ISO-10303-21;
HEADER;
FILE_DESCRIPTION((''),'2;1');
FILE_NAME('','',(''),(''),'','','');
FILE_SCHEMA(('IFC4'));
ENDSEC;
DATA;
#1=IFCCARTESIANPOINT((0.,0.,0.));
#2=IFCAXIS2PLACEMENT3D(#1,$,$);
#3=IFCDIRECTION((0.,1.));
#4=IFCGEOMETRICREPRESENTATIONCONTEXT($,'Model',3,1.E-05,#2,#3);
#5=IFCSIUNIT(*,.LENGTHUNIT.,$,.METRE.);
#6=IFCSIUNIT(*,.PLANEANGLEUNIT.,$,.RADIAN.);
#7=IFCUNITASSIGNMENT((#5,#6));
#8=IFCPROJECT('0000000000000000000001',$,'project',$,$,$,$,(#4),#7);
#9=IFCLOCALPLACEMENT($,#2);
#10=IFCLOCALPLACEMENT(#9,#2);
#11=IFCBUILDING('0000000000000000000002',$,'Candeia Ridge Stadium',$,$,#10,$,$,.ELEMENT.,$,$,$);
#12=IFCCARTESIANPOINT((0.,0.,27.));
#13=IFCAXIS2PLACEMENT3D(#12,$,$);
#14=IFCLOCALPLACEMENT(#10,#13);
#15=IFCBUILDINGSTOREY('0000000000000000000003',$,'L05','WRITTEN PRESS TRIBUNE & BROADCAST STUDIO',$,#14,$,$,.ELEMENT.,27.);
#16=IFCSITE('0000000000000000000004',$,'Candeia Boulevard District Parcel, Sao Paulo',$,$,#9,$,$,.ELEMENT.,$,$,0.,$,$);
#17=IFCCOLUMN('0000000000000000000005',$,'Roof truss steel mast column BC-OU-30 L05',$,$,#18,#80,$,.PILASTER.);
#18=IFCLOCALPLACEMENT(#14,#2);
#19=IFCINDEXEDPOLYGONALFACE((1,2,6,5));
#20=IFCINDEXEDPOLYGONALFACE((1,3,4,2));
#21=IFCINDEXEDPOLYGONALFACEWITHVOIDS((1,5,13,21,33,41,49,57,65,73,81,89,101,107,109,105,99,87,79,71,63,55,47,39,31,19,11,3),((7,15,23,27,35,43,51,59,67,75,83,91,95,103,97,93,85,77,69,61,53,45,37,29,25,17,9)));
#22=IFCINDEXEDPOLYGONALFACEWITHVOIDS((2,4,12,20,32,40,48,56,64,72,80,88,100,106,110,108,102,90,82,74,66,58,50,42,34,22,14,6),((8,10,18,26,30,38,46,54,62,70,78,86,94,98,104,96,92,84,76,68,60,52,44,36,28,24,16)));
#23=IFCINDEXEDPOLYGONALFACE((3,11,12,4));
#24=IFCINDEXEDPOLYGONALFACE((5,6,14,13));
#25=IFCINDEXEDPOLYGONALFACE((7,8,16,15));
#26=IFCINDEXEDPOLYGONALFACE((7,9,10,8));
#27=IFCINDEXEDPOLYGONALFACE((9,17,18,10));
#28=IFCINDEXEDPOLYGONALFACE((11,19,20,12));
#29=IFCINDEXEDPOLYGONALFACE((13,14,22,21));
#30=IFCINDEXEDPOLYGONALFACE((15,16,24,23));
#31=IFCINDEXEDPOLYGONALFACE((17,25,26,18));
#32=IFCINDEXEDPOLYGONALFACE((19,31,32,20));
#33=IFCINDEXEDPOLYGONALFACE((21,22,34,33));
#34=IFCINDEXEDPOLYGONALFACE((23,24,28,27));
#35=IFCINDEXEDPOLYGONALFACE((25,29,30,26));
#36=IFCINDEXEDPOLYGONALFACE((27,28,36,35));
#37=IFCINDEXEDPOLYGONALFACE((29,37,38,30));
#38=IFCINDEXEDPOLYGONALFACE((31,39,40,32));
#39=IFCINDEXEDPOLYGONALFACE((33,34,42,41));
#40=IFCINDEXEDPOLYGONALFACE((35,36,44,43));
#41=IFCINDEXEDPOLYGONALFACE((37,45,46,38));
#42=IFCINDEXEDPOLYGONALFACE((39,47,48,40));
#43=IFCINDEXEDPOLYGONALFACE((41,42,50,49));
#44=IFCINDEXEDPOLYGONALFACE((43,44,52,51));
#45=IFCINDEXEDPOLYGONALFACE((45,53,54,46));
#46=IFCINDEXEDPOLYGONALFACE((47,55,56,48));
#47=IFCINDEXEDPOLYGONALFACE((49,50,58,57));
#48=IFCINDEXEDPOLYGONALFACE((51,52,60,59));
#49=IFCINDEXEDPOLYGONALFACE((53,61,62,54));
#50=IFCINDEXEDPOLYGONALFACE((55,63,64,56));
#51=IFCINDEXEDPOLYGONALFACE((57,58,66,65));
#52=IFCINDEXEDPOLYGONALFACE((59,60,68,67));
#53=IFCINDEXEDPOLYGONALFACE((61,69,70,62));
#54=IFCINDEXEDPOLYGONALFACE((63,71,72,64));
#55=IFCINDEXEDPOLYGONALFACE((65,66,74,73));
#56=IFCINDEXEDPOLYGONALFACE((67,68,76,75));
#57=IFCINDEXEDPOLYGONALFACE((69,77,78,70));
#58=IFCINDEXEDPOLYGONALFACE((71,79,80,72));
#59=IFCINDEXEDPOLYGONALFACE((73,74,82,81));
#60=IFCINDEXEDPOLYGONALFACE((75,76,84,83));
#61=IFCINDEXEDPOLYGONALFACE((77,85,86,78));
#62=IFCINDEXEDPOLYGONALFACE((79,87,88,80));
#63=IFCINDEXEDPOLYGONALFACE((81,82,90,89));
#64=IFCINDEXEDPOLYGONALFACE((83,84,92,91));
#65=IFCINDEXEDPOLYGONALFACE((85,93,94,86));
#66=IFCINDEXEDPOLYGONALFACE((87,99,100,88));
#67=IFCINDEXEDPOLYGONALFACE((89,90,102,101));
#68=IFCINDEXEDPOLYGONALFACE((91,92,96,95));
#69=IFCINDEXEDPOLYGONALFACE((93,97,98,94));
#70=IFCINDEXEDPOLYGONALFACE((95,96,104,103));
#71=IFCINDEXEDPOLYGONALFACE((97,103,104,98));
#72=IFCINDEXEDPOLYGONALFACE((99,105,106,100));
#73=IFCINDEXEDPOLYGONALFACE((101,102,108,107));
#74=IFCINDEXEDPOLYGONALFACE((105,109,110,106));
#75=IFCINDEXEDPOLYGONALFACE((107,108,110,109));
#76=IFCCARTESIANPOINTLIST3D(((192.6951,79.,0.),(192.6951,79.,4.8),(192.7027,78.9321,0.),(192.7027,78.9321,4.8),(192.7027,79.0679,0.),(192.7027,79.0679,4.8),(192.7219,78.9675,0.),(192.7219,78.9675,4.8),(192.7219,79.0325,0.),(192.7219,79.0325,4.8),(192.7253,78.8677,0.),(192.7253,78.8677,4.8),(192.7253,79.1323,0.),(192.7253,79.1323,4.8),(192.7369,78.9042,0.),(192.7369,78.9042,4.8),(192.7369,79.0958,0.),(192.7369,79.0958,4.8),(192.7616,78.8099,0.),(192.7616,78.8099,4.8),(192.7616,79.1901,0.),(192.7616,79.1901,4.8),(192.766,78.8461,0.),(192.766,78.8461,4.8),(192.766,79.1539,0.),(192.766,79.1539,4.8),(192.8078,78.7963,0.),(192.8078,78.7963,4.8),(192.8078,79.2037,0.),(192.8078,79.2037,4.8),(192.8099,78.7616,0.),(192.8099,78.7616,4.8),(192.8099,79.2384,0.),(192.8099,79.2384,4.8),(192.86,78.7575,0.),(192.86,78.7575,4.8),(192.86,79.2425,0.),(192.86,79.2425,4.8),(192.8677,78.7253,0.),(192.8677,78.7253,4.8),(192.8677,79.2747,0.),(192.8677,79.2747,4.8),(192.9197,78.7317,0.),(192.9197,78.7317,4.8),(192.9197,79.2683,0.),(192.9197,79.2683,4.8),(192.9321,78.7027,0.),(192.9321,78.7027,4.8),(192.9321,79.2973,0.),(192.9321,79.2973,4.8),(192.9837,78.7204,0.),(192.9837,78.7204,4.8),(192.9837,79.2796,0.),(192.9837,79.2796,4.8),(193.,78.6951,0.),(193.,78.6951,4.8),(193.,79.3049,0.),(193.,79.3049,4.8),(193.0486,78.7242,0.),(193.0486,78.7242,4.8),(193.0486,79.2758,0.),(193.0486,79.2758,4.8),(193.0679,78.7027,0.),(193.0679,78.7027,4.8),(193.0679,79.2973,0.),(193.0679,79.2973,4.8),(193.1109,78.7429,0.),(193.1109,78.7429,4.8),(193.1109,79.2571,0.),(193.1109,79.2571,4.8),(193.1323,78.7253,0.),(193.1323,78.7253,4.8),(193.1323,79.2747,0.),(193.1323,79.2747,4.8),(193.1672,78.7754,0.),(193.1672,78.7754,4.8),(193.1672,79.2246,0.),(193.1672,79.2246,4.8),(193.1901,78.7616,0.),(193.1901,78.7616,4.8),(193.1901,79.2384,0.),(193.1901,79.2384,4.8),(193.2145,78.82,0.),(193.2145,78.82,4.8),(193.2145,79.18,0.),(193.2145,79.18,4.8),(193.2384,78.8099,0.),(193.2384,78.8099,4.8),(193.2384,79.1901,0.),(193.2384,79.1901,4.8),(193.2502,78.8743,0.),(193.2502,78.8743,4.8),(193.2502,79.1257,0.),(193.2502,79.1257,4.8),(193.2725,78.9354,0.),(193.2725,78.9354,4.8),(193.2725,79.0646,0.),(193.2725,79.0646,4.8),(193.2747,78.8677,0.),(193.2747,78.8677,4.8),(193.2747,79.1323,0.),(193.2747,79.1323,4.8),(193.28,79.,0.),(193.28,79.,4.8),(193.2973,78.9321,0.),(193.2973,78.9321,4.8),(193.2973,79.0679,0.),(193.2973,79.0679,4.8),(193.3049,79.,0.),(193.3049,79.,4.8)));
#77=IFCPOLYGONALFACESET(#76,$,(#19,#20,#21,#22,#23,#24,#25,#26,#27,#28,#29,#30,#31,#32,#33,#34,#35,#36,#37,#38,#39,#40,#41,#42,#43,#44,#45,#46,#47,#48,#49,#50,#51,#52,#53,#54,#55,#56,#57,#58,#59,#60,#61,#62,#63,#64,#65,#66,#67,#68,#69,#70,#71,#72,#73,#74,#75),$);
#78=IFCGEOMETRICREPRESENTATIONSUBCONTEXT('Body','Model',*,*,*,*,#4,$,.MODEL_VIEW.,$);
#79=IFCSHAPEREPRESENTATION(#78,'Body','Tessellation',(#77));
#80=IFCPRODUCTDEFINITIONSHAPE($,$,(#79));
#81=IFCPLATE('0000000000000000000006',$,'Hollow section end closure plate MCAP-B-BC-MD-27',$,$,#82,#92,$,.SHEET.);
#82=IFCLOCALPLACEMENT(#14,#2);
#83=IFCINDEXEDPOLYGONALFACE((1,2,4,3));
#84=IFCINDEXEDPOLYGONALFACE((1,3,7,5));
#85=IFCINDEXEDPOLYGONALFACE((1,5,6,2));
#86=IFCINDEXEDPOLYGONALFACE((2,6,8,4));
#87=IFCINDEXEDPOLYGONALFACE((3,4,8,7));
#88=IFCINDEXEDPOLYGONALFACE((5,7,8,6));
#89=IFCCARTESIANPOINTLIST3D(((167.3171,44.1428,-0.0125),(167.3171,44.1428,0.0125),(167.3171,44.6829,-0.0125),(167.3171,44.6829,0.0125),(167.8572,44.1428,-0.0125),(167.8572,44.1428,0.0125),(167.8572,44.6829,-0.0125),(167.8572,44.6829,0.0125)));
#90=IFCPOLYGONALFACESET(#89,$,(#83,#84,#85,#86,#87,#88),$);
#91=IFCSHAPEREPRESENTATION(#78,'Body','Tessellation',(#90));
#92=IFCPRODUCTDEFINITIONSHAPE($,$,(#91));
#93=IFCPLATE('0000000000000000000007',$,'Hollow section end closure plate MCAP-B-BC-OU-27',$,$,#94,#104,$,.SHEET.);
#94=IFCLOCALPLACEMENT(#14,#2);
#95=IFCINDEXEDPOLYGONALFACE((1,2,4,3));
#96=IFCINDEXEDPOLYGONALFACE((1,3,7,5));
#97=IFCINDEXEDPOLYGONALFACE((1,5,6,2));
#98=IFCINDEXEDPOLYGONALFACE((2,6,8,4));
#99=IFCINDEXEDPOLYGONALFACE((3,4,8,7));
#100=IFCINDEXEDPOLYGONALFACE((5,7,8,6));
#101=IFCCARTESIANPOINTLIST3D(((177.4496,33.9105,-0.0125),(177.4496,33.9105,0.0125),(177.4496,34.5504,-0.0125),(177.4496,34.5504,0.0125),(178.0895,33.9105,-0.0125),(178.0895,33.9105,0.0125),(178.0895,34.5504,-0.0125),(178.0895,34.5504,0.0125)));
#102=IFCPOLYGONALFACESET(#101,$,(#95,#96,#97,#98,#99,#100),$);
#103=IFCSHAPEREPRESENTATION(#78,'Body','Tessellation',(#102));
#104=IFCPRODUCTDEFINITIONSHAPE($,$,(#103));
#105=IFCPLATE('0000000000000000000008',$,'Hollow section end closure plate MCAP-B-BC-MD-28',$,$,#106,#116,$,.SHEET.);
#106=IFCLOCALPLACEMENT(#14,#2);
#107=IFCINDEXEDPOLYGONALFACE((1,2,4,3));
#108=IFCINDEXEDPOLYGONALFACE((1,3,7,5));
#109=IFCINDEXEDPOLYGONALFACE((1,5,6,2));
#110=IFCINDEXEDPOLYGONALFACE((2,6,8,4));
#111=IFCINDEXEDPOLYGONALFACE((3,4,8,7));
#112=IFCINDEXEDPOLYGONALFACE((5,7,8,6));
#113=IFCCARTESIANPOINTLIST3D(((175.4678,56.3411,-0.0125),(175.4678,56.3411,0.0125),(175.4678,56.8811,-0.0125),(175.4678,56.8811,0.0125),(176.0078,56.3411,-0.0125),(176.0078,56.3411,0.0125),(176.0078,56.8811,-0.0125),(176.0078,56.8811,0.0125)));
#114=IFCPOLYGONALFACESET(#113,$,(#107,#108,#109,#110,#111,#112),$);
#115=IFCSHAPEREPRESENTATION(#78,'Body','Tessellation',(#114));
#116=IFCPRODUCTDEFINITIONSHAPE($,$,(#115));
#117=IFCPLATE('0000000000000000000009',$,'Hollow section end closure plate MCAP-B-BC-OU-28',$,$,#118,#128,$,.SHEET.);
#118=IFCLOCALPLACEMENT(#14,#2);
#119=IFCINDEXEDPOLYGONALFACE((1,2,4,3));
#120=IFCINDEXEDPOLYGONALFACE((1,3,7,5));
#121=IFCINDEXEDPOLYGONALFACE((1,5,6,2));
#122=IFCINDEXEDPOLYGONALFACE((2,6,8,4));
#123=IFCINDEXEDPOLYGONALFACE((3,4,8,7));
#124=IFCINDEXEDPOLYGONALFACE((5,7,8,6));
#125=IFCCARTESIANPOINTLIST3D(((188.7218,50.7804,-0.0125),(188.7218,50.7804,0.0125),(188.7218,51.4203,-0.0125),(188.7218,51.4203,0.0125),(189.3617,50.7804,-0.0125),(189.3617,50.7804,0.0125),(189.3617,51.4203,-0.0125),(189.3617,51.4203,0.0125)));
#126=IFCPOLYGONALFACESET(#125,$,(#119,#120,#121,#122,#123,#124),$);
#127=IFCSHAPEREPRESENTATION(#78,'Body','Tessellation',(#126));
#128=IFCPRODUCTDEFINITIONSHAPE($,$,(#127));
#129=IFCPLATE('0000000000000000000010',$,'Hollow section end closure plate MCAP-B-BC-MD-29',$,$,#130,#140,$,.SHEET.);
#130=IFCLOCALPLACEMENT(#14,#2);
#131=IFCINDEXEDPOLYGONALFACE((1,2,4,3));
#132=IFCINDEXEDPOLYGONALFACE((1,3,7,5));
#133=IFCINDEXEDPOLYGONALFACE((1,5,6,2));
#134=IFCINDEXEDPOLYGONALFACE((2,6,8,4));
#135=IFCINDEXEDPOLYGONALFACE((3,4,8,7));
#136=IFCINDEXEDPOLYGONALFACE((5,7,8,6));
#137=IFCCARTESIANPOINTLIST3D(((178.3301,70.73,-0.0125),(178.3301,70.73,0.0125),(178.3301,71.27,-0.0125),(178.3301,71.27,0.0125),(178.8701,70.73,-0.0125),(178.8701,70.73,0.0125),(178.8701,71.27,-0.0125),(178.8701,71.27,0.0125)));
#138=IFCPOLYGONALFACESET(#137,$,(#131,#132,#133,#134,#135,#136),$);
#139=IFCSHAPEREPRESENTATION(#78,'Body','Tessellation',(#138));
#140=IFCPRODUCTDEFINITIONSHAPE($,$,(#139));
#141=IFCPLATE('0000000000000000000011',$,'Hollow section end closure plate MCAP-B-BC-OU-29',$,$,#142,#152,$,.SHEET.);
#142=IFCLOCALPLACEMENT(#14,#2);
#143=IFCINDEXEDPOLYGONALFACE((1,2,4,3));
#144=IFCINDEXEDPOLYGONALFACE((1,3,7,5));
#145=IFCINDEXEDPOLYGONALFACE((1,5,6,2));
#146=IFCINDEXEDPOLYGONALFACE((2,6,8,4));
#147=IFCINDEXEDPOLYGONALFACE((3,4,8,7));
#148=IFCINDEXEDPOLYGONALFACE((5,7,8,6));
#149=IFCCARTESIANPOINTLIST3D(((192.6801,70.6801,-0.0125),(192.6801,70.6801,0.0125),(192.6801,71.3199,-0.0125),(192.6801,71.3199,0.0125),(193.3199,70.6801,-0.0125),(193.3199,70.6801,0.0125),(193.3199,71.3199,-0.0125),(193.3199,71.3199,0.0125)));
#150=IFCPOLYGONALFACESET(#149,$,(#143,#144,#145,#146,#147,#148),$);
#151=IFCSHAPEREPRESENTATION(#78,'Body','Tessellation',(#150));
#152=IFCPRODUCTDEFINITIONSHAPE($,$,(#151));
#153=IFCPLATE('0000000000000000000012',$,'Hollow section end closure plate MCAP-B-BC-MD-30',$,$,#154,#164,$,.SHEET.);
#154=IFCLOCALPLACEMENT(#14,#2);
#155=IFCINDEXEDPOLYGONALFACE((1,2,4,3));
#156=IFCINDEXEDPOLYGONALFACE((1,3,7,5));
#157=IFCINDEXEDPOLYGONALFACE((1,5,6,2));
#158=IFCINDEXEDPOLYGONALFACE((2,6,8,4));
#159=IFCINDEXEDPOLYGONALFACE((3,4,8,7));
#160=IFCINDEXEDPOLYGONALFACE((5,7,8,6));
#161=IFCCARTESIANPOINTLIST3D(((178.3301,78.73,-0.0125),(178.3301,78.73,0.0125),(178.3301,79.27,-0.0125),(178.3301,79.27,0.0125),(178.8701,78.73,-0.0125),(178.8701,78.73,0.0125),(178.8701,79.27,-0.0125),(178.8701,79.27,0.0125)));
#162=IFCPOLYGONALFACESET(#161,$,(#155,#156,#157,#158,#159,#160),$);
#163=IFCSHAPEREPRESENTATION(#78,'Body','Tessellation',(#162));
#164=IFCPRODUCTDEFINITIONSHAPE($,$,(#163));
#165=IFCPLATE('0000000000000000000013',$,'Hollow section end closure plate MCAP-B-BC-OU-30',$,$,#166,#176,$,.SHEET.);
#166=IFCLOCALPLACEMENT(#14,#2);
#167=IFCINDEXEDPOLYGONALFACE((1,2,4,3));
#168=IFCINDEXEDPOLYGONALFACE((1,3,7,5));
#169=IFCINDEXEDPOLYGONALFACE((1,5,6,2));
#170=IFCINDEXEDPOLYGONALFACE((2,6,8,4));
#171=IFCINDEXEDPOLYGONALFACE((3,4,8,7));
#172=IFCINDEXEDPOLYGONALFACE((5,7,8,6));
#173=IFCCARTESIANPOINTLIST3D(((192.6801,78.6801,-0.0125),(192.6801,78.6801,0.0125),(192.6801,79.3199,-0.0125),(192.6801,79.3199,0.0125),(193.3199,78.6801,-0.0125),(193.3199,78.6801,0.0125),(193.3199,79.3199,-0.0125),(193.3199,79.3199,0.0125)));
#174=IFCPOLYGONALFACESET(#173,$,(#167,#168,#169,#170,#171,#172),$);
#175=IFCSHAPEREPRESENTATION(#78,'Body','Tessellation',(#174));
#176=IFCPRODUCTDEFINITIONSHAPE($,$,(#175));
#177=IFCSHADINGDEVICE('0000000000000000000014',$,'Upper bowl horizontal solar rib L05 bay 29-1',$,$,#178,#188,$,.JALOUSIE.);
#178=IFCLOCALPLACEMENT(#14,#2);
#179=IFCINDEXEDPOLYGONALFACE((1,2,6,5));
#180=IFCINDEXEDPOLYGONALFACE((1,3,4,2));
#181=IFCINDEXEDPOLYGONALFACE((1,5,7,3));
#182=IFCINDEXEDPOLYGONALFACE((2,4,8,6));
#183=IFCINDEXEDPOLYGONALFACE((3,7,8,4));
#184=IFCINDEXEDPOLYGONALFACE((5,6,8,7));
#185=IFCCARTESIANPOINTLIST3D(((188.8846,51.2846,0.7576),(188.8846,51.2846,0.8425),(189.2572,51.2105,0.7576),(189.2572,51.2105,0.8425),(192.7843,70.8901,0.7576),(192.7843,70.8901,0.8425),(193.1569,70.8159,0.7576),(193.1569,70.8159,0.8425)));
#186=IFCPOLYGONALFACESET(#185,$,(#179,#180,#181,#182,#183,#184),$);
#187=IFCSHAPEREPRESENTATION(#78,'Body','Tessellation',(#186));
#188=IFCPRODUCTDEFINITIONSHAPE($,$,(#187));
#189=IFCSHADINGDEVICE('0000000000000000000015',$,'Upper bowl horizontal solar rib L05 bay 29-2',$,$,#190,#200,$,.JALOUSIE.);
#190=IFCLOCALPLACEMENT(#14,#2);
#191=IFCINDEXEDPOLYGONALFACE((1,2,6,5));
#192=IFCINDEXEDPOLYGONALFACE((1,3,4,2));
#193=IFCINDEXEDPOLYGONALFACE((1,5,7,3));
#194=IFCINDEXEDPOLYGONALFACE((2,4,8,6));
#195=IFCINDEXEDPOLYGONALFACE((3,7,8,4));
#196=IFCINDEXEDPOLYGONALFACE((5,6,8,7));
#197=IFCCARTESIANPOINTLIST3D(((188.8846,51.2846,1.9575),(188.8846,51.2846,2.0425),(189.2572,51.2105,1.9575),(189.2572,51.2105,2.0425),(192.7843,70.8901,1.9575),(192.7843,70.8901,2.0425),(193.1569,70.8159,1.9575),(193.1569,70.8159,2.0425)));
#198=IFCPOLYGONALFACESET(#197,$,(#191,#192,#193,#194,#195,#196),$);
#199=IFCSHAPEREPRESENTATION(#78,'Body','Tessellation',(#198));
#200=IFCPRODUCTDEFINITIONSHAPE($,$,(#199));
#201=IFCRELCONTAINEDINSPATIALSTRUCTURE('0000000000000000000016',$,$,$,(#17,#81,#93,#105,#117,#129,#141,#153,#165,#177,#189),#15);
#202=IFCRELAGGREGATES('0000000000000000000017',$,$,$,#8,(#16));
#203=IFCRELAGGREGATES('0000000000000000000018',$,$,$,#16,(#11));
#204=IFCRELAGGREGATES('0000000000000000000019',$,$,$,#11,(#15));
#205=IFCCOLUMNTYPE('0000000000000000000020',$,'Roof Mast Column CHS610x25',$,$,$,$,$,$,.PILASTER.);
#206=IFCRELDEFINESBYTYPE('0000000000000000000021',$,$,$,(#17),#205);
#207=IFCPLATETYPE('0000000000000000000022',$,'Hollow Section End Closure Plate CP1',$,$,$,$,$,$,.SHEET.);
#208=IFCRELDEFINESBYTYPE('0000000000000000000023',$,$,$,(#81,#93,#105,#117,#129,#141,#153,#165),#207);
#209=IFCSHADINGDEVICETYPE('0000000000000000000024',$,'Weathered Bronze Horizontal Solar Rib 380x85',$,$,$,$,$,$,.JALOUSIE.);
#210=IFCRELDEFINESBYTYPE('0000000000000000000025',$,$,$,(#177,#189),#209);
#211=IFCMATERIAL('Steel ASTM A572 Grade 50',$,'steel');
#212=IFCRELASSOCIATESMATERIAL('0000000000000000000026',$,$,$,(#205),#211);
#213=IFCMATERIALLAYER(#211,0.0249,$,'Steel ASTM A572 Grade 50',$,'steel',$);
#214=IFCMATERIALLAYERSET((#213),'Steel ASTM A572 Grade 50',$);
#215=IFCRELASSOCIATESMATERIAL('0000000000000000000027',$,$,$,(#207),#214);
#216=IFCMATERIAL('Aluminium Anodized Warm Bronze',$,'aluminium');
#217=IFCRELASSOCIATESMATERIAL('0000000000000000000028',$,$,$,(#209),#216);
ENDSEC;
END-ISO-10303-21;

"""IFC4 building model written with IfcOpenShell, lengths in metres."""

from ifc_helpers import new_model, si_unit, direction, frame, origin, origin_2d, place, context, subcontext, project, spatial, rectangle, hollow_circle, extrude, material, layer, layer_set, material_profile, profile_set, type_object, element, save


model = new_model("IFC4")

# Units and contexts
model_context = context("Model", 3, precision=1e-05, world=origin(), true_north=direction((0.0, 1.0)))
body_context = subcontext(model_context, "Body", "Model", "MODEL_VIEW")
ifc_project = project(units=[si_unit("LENGTHUNIT", "METRE"), si_unit("PLANEANGLEUNIT", "RADIAN")], contexts=[model_context])

# Site, building, storey
site_placement = place(None, origin())
site = spatial("IfcSite", under=ifc_project, at=site_placement, Name="Candeia Boulevard District Parcel, Sao Paulo", CompositionType="ELEMENT", RefElevation=0.0)
building_placement = place(site_placement, origin())
building = spatial("IfcBuilding", under=site, at=building_placement, Name="Candeia Ridge Stadium", CompositionType="ELEMENT")
storey_placement = place(building_placement, frame((0.0, 0.0, 27.0)))
storey = spatial("IfcBuildingStorey", under=building, at=storey_placement, Name="L05", Description="WRITTEN PRESS TRIBUNE & BROADCAST STUDIO", CompositionType="ELEMENT", Elevation=27.0)

# Column
ifc_material_1 = material(Name="Steel ASTM A572 Grade 50", Category="steel")
ifc_material_profile_1 = material_profile(ifc_material_1, hollow_circle(Radius=0.3049, WallThickness=0.0249, at=origin_2d()), Name="CHS610x25", Category="steel")
ifc_profile_set_1 = profile_set([ifc_material_profile_1], Name="Steel ASTM A572 Grade 50")
column_type_1 = type_object("IfcColumnType", Name="Roof Mast Column CHS610x25", PredefinedType="PILASTER", material=ifc_profile_set_1)
for number, where, z_axis, x_axis, name in (
    (1, (193.0, 79.0, 0.0), (0.0, 0.0, 1.0), (1.0, 0.0, 0.0), "Roof truss steel mast column BC-OU-30 L05"),
):
    element("IfcColumn", number, at=place(storey_placement, frame(where, z_axis=z_axis, x_axis=x_axis)), inside=storey, type_object=column_type_1, Name=name, PredefinedType="PILASTER", context=body_context, shape_type="SweptSolid", body=[
        extrude(hollow_circle(Radius=0.3049, WallThickness=0.0249, at=origin_2d()), origin(), (0.0, 0.0, 1.0), 4.8),
    ])

# Plates
ifc_layer = layer(ifc_material_1, 0.0249, Name="Steel ASTM A572 Grade 50", Category="steel")
ifc_layer_set = layer_set([ifc_layer], Name="Steel ASTM A572 Grade 50")
plate_type = type_object("IfcPlateType", Name="Hollow Section End Closure Plate CP1", PredefinedType="SHEET", material=ifc_layer_set)
plate_1_placement = place(storey_placement, frame((167.5872, 44.4128, -0.0125), z_axis=(0.0, 0.0, 1.0), x_axis=(1.0, 0.0, 0.0)))
element("IfcPlate", 2, at=plate_1_placement, inside=storey, type_object=plate_type, Name="Hollow section end closure plate MCAP-B-BC-MD-27", PredefinedType="SHEET", context=body_context, shape_type="SweptSolid", body=[
    extrude(rectangle(XDim=0.54, YDim=0.54, at=origin_2d()), origin(), (0.0, 0.0, 1.0), 0.0249),
])
plate_2_placement = place(storey_placement, frame((177.7695, 34.2305, -0.0125), z_axis=(0.0, 0.0, 1.0), x_axis=(1.0, 0.0, 0.0)))
element("IfcPlate", 3, at=plate_2_placement, inside=storey, type_object=plate_type, Name="Hollow section end closure plate MCAP-B-BC-OU-27", PredefinedType="SHEET", context=body_context, shape_type="SweptSolid", body=[
    extrude(rectangle(XDim=0.6399, YDim=0.6399, at=origin_2d()), origin(), (0.0, 0.0, 1.0), 0.0249),
])
plate_3_placement = place(storey_placement, frame((175.7378, 56.6111, -0.0125), z_axis=(0.0, 0.0, 1.0), x_axis=(1.0, 0.0, 0.0)))
element("IfcPlate", 4, at=plate_3_placement, inside=storey, type_object=plate_type, Name="Hollow section end closure plate MCAP-B-BC-MD-28", PredefinedType="SHEET", context=body_context, shape_type="SweptSolid", body=[
    extrude(rectangle(XDim=0.54, YDim=0.54, at=origin_2d()), origin(), (0.0, 0.0, 1.0), 0.0249),
])
plate_4_placement = place(storey_placement, frame((189.0417, 51.1003, -0.0125), z_axis=(0.0, 0.0, 1.0), x_axis=(1.0, 0.0, 0.0)))
element("IfcPlate", 5, at=plate_4_placement, inside=storey, type_object=plate_type, Name="Hollow section end closure plate MCAP-B-BC-OU-28", PredefinedType="SHEET", context=body_context, shape_type="SweptSolid", body=[
    extrude(rectangle(XDim=0.6399, YDim=0.6399, at=origin_2d()), origin(), (0.0, 0.0, 1.0), 0.0249),
])
plate_5_placement = place(storey_placement, frame((178.6001, 71.0, -0.0125), z_axis=(0.0, 0.0, 1.0), x_axis=(1.0, 0.0, 0.0)))
element("IfcPlate", 6, at=plate_5_placement, inside=storey, type_object=plate_type, Name="Hollow section end closure plate MCAP-B-BC-MD-29", PredefinedType="SHEET", context=body_context, shape_type="SweptSolid", body=[
    extrude(rectangle(XDim=0.54, YDim=0.54, at=origin_2d()), origin(), (0.0, 0.0, 1.0), 0.0249),
])
plate_6_placement = place(storey_placement, frame((193.0, 71.0, -0.0125), z_axis=(0.0, 0.0, 1.0), x_axis=(1.0, 0.0, 0.0)))
element("IfcPlate", 7, at=plate_6_placement, inside=storey, type_object=plate_type, Name="Hollow section end closure plate MCAP-B-BC-OU-29", PredefinedType="SHEET", context=body_context, shape_type="SweptSolid", body=[
    extrude(rectangle(XDim=0.6399, YDim=0.6399, at=origin_2d()), origin(), (0.0, 0.0, 1.0), 0.0249),
])
plate_7_placement = place(storey_placement, frame((178.6001, 79.0, -0.0125), z_axis=(0.0, 0.0, 1.0), x_axis=(1.0, 0.0, 0.0)))
element("IfcPlate", 8, at=plate_7_placement, inside=storey, type_object=plate_type, Name="Hollow section end closure plate MCAP-B-BC-MD-30", PredefinedType="SHEET", context=body_context, shape_type="SweptSolid", body=[
    extrude(rectangle(XDim=0.54, YDim=0.54, at=origin_2d()), origin(), (0.0, 0.0, 1.0), 0.0249),
])
plate_8_placement = place(storey_placement, frame((193.0, 79.0, -0.0125), z_axis=(0.0, 0.0, 1.0), x_axis=(1.0, 0.0, 0.0)))
element("IfcPlate", 9, at=plate_8_placement, inside=storey, type_object=plate_type, Name="Hollow section end closure plate MCAP-B-BC-OU-30", PredefinedType="SHEET", context=body_context, shape_type="SweptSolid", body=[
    extrude(rectangle(XDim=0.6399, YDim=0.6399, at=origin_2d()), origin(), (0.0, 0.0, 1.0), 0.0249),
])

# Shading devices
ifc_material_2 = material(Name="Aluminium Anodized Warm Bronze", Category="aluminium")
shading_device_type_1 = type_object("IfcShadingDeviceType", Name="Weathered Bronze Horizontal Solar Rib 380x85", PredefinedType="JALOUSIE", material=ifc_material_2)
for number, where, z_axis, x_axis, name in (
    (10, (191.0208, 61.0503, 0.7576), (0.0, 0.0, 1.0), (0.19509, 0.980785, 0.0), "Upper bowl horizontal solar rib L05 bay 29-1"),
    (11, (191.0208, 61.0503, 1.9575), (0.0, 0.0, 1.0), (0.19509, 0.980785, 0.0), "Upper bowl horizontal solar rib L05 bay 29-2"),
):
    element("IfcShadingDevice", number, at=place(storey_placement, frame(where, z_axis=z_axis, x_axis=x_axis)), inside=storey, type_object=shading_device_type_1, Name=name, PredefinedType="JALOUSIE", context=body_context, shape_type="SweptSolid", body=[
        extrude(rectangle(XDim=19.9895, YDim=0.3799, at=origin_2d()), origin(), (0.0, 0.0, 1.0), 0.085),
    ])

save(model, "model.ifc")
